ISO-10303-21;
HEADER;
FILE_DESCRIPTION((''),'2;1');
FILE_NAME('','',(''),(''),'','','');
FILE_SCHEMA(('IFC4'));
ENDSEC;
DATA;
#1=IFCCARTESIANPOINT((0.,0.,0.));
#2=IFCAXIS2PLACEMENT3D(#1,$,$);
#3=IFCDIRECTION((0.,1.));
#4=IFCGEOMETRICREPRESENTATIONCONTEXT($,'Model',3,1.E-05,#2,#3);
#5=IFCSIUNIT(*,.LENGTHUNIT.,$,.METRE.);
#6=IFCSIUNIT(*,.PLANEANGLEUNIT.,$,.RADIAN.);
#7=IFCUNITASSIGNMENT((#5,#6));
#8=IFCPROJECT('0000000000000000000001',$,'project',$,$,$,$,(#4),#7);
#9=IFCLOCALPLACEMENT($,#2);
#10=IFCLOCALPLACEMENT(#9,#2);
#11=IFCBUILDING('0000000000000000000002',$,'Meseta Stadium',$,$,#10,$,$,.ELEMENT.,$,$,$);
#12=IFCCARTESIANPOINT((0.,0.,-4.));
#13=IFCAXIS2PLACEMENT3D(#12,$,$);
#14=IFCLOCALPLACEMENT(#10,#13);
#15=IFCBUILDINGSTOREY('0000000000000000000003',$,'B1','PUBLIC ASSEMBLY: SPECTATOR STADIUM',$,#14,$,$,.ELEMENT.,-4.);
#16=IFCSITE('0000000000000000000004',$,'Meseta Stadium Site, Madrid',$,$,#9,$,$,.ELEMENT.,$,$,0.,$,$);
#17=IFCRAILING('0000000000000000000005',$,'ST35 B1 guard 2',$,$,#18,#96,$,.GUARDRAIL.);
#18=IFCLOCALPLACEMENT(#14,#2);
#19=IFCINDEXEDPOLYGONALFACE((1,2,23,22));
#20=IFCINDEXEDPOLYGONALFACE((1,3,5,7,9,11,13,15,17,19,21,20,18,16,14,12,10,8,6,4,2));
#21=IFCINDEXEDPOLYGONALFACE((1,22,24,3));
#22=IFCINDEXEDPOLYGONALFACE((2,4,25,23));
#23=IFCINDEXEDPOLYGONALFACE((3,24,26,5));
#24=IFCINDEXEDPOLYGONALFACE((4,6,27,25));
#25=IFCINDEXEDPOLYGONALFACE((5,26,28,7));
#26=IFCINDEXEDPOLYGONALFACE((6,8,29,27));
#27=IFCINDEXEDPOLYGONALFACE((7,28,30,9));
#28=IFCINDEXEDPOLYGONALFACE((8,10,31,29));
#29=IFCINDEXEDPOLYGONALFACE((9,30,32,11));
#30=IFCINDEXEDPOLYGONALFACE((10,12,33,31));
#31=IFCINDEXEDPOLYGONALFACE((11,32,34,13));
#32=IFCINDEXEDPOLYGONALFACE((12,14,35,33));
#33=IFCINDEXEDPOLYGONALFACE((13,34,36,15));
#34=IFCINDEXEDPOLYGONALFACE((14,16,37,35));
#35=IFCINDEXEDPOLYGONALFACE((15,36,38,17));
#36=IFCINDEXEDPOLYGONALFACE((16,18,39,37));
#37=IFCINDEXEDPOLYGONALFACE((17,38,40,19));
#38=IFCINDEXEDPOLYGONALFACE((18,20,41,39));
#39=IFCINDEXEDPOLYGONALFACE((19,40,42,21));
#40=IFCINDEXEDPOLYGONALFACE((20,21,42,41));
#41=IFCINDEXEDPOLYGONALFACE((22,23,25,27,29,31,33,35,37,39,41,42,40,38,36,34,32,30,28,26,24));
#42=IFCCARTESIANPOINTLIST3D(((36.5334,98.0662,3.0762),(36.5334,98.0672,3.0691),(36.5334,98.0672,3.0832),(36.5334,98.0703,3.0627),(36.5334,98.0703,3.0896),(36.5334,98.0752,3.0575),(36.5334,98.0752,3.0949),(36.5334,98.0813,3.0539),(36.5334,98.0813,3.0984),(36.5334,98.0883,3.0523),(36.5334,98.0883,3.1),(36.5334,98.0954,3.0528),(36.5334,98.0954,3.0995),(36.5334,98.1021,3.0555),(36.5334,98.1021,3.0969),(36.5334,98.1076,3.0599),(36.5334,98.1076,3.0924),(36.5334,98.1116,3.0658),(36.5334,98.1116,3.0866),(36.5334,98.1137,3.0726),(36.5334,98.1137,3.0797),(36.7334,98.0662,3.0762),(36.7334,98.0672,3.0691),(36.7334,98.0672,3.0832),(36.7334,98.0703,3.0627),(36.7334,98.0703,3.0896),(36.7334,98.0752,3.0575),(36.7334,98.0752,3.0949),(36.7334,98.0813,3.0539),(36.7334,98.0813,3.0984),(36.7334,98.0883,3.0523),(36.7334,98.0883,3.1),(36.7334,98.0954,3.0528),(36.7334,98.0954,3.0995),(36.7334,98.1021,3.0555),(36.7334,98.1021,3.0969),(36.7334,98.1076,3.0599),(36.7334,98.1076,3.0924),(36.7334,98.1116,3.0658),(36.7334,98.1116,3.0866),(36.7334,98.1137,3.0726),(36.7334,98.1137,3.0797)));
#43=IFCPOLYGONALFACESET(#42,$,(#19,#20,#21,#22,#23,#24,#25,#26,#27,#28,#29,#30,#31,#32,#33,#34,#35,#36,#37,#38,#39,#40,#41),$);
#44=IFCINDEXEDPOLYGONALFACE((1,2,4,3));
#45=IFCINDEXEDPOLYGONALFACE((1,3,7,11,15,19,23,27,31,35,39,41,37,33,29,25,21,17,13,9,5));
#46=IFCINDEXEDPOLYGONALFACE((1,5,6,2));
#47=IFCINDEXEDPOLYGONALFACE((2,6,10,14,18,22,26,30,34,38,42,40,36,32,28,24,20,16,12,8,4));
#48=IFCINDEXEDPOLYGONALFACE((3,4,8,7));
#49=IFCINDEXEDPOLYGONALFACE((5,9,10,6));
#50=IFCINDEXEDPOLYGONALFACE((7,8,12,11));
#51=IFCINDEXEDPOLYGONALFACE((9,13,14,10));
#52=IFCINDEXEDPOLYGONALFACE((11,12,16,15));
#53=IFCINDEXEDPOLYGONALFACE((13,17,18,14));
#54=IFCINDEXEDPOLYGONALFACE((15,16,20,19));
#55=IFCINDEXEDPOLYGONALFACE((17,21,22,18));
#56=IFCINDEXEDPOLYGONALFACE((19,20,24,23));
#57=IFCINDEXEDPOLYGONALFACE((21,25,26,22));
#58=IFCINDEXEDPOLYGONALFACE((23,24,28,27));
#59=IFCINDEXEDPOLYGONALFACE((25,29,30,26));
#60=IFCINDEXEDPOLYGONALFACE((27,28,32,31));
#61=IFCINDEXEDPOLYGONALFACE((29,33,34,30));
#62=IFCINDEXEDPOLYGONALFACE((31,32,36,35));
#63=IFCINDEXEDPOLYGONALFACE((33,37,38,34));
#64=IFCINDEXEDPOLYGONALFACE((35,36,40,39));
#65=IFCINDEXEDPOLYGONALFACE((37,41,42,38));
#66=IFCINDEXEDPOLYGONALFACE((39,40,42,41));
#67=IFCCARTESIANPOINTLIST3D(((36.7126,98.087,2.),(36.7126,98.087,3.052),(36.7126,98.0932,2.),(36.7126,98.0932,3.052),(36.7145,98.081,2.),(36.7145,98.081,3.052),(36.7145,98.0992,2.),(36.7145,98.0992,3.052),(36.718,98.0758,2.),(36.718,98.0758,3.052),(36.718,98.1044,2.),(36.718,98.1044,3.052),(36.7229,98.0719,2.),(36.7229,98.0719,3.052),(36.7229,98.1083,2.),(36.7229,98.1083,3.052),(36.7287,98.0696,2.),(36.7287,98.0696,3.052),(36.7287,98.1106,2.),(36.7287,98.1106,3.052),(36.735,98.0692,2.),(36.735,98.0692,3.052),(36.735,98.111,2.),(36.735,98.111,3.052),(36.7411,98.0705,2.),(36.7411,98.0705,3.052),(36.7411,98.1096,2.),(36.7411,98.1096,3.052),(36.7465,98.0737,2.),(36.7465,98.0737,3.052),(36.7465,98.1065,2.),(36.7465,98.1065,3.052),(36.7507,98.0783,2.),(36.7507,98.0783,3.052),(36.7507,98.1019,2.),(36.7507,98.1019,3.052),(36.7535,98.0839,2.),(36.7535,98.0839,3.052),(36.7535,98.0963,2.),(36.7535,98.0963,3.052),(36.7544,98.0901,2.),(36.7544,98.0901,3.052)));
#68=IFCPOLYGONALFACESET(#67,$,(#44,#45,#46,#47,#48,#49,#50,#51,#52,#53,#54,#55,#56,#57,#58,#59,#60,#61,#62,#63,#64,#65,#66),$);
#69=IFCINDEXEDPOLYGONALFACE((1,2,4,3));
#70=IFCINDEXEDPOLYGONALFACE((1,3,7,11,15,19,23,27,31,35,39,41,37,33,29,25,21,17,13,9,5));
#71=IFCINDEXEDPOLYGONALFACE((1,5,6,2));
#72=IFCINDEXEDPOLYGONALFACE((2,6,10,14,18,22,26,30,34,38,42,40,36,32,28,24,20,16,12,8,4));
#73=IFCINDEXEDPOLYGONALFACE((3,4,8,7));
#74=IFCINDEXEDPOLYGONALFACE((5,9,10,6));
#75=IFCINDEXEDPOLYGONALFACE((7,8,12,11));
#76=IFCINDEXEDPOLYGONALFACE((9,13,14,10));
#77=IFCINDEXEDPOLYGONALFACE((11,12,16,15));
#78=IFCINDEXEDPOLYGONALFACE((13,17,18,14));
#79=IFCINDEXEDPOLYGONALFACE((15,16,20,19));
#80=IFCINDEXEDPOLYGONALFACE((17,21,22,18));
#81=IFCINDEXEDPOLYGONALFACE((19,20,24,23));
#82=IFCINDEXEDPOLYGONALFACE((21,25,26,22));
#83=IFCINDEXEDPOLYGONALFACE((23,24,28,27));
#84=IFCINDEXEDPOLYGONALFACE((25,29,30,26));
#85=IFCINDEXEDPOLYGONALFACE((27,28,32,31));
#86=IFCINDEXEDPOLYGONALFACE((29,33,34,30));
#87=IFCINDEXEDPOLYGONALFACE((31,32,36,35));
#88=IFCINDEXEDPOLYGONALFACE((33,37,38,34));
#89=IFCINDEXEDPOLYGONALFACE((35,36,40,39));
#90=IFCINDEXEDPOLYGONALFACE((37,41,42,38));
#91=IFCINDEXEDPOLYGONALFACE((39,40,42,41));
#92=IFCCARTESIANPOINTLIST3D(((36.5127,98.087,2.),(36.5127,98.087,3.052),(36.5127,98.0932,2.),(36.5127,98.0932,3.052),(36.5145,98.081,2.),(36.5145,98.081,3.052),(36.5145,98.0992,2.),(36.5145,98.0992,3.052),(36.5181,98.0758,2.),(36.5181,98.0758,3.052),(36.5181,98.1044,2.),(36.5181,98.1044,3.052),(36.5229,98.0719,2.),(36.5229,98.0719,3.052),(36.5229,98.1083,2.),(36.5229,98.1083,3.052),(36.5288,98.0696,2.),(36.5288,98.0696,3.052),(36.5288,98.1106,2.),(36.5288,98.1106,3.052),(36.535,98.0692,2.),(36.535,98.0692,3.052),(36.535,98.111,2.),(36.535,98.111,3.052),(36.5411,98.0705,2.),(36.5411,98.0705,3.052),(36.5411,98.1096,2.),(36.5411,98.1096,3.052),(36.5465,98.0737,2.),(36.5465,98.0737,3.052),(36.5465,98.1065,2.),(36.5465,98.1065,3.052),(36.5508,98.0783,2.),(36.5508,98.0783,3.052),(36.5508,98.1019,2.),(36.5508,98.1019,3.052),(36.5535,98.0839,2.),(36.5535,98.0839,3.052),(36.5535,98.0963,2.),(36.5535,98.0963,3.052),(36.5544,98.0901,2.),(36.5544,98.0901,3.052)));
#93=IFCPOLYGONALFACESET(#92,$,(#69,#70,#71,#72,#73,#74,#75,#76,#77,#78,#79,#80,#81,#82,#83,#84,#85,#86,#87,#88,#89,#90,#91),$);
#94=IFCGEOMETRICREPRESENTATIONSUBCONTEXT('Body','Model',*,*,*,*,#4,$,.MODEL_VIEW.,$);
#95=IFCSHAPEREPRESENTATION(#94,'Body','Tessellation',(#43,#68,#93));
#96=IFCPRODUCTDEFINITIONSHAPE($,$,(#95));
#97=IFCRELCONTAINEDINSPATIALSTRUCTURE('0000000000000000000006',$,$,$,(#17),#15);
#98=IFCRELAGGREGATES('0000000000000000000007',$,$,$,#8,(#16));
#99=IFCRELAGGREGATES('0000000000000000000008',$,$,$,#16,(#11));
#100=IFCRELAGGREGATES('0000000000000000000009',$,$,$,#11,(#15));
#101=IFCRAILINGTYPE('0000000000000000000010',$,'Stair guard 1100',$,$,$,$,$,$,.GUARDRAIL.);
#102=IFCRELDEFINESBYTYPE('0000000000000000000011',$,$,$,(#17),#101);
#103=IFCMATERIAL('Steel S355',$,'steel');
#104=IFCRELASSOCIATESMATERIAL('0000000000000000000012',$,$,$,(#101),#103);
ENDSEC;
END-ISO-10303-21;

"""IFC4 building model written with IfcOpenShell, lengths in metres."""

from ifc_helpers import new_model, si_unit, direction, frame, origin, origin_2d, place, context, subcontext, project, spatial, circle, extrude, material, type_object, element, save


model = new_model("IFC4")

# Units and contexts
model_context = context("Model", 3, precision=1e-05, world=origin(), true_north=direction((0.0, 1.0)))
body_context = subcontext(model_context, "Body", "Model", "MODEL_VIEW")
ifc_project = project(units=[si_unit("LENGTHUNIT", "METRE"), si_unit("PLANEANGLEUNIT", "RADIAN")], contexts=[model_context])

# Site, building, storey
site_placement = place(None, origin())
site = spatial("IfcSite", under=ifc_project, at=site_placement, Name="Meseta Stadium Site, Madrid", CompositionType="ELEMENT", RefElevation=0.0)
building_placement = place(site_placement, origin())
building = spatial("IfcBuilding", under=site, at=building_placement, Name="Meseta Stadium", CompositionType="ELEMENT")
storey_placement = place(building_placement, frame((0.0, 0.0, -4.0)))
storey = spatial("IfcBuildingStorey", under=building, at=storey_placement, Name="B1", Description="PUBLIC ASSEMBLY: SPECTATOR STADIUM", CompositionType="ELEMENT", Elevation=-4.0)

# Railing
ifc_material_1 = material(Name="Steel S355", Category="steel")
railing_type_1 = type_object("IfcRailingType", Name="Stair guard 1100", PredefinedType="GUARDRAIL", material=ifc_material_1)
railing_1_placement = place(storey_placement, frame((36.7334, 98.0901, 2.0)))
element("IfcRailing", 1, at=railing_1_placement, inside=storey, type_object=railing_type_1, Name="ST35 B1 guard 2", PredefinedType="GUARDRAIL", context=body_context, shape_type="SweptSolid", body=[
    extrude(circle(Radius=0.0239, at=origin_2d()), frame((0.0, 0.0, 1.0762), z_axis=(-1.0, 0.0, 0.0), x_axis=(0.0, -1.0, 0.0)), (0.0, 0.0, 1.0), 0.2),
    extrude(circle(Radius=0.021, at=origin_2d()), origin(), (0.0, 0.0, 1.0), 1.052),
    extrude(circle(Radius=0.021, at=origin_2d()), frame((-0.2, 0.0, 0.0)), (0.0, 0.0, 1.0), 1.052),
])

save(model, "model.ifc")
